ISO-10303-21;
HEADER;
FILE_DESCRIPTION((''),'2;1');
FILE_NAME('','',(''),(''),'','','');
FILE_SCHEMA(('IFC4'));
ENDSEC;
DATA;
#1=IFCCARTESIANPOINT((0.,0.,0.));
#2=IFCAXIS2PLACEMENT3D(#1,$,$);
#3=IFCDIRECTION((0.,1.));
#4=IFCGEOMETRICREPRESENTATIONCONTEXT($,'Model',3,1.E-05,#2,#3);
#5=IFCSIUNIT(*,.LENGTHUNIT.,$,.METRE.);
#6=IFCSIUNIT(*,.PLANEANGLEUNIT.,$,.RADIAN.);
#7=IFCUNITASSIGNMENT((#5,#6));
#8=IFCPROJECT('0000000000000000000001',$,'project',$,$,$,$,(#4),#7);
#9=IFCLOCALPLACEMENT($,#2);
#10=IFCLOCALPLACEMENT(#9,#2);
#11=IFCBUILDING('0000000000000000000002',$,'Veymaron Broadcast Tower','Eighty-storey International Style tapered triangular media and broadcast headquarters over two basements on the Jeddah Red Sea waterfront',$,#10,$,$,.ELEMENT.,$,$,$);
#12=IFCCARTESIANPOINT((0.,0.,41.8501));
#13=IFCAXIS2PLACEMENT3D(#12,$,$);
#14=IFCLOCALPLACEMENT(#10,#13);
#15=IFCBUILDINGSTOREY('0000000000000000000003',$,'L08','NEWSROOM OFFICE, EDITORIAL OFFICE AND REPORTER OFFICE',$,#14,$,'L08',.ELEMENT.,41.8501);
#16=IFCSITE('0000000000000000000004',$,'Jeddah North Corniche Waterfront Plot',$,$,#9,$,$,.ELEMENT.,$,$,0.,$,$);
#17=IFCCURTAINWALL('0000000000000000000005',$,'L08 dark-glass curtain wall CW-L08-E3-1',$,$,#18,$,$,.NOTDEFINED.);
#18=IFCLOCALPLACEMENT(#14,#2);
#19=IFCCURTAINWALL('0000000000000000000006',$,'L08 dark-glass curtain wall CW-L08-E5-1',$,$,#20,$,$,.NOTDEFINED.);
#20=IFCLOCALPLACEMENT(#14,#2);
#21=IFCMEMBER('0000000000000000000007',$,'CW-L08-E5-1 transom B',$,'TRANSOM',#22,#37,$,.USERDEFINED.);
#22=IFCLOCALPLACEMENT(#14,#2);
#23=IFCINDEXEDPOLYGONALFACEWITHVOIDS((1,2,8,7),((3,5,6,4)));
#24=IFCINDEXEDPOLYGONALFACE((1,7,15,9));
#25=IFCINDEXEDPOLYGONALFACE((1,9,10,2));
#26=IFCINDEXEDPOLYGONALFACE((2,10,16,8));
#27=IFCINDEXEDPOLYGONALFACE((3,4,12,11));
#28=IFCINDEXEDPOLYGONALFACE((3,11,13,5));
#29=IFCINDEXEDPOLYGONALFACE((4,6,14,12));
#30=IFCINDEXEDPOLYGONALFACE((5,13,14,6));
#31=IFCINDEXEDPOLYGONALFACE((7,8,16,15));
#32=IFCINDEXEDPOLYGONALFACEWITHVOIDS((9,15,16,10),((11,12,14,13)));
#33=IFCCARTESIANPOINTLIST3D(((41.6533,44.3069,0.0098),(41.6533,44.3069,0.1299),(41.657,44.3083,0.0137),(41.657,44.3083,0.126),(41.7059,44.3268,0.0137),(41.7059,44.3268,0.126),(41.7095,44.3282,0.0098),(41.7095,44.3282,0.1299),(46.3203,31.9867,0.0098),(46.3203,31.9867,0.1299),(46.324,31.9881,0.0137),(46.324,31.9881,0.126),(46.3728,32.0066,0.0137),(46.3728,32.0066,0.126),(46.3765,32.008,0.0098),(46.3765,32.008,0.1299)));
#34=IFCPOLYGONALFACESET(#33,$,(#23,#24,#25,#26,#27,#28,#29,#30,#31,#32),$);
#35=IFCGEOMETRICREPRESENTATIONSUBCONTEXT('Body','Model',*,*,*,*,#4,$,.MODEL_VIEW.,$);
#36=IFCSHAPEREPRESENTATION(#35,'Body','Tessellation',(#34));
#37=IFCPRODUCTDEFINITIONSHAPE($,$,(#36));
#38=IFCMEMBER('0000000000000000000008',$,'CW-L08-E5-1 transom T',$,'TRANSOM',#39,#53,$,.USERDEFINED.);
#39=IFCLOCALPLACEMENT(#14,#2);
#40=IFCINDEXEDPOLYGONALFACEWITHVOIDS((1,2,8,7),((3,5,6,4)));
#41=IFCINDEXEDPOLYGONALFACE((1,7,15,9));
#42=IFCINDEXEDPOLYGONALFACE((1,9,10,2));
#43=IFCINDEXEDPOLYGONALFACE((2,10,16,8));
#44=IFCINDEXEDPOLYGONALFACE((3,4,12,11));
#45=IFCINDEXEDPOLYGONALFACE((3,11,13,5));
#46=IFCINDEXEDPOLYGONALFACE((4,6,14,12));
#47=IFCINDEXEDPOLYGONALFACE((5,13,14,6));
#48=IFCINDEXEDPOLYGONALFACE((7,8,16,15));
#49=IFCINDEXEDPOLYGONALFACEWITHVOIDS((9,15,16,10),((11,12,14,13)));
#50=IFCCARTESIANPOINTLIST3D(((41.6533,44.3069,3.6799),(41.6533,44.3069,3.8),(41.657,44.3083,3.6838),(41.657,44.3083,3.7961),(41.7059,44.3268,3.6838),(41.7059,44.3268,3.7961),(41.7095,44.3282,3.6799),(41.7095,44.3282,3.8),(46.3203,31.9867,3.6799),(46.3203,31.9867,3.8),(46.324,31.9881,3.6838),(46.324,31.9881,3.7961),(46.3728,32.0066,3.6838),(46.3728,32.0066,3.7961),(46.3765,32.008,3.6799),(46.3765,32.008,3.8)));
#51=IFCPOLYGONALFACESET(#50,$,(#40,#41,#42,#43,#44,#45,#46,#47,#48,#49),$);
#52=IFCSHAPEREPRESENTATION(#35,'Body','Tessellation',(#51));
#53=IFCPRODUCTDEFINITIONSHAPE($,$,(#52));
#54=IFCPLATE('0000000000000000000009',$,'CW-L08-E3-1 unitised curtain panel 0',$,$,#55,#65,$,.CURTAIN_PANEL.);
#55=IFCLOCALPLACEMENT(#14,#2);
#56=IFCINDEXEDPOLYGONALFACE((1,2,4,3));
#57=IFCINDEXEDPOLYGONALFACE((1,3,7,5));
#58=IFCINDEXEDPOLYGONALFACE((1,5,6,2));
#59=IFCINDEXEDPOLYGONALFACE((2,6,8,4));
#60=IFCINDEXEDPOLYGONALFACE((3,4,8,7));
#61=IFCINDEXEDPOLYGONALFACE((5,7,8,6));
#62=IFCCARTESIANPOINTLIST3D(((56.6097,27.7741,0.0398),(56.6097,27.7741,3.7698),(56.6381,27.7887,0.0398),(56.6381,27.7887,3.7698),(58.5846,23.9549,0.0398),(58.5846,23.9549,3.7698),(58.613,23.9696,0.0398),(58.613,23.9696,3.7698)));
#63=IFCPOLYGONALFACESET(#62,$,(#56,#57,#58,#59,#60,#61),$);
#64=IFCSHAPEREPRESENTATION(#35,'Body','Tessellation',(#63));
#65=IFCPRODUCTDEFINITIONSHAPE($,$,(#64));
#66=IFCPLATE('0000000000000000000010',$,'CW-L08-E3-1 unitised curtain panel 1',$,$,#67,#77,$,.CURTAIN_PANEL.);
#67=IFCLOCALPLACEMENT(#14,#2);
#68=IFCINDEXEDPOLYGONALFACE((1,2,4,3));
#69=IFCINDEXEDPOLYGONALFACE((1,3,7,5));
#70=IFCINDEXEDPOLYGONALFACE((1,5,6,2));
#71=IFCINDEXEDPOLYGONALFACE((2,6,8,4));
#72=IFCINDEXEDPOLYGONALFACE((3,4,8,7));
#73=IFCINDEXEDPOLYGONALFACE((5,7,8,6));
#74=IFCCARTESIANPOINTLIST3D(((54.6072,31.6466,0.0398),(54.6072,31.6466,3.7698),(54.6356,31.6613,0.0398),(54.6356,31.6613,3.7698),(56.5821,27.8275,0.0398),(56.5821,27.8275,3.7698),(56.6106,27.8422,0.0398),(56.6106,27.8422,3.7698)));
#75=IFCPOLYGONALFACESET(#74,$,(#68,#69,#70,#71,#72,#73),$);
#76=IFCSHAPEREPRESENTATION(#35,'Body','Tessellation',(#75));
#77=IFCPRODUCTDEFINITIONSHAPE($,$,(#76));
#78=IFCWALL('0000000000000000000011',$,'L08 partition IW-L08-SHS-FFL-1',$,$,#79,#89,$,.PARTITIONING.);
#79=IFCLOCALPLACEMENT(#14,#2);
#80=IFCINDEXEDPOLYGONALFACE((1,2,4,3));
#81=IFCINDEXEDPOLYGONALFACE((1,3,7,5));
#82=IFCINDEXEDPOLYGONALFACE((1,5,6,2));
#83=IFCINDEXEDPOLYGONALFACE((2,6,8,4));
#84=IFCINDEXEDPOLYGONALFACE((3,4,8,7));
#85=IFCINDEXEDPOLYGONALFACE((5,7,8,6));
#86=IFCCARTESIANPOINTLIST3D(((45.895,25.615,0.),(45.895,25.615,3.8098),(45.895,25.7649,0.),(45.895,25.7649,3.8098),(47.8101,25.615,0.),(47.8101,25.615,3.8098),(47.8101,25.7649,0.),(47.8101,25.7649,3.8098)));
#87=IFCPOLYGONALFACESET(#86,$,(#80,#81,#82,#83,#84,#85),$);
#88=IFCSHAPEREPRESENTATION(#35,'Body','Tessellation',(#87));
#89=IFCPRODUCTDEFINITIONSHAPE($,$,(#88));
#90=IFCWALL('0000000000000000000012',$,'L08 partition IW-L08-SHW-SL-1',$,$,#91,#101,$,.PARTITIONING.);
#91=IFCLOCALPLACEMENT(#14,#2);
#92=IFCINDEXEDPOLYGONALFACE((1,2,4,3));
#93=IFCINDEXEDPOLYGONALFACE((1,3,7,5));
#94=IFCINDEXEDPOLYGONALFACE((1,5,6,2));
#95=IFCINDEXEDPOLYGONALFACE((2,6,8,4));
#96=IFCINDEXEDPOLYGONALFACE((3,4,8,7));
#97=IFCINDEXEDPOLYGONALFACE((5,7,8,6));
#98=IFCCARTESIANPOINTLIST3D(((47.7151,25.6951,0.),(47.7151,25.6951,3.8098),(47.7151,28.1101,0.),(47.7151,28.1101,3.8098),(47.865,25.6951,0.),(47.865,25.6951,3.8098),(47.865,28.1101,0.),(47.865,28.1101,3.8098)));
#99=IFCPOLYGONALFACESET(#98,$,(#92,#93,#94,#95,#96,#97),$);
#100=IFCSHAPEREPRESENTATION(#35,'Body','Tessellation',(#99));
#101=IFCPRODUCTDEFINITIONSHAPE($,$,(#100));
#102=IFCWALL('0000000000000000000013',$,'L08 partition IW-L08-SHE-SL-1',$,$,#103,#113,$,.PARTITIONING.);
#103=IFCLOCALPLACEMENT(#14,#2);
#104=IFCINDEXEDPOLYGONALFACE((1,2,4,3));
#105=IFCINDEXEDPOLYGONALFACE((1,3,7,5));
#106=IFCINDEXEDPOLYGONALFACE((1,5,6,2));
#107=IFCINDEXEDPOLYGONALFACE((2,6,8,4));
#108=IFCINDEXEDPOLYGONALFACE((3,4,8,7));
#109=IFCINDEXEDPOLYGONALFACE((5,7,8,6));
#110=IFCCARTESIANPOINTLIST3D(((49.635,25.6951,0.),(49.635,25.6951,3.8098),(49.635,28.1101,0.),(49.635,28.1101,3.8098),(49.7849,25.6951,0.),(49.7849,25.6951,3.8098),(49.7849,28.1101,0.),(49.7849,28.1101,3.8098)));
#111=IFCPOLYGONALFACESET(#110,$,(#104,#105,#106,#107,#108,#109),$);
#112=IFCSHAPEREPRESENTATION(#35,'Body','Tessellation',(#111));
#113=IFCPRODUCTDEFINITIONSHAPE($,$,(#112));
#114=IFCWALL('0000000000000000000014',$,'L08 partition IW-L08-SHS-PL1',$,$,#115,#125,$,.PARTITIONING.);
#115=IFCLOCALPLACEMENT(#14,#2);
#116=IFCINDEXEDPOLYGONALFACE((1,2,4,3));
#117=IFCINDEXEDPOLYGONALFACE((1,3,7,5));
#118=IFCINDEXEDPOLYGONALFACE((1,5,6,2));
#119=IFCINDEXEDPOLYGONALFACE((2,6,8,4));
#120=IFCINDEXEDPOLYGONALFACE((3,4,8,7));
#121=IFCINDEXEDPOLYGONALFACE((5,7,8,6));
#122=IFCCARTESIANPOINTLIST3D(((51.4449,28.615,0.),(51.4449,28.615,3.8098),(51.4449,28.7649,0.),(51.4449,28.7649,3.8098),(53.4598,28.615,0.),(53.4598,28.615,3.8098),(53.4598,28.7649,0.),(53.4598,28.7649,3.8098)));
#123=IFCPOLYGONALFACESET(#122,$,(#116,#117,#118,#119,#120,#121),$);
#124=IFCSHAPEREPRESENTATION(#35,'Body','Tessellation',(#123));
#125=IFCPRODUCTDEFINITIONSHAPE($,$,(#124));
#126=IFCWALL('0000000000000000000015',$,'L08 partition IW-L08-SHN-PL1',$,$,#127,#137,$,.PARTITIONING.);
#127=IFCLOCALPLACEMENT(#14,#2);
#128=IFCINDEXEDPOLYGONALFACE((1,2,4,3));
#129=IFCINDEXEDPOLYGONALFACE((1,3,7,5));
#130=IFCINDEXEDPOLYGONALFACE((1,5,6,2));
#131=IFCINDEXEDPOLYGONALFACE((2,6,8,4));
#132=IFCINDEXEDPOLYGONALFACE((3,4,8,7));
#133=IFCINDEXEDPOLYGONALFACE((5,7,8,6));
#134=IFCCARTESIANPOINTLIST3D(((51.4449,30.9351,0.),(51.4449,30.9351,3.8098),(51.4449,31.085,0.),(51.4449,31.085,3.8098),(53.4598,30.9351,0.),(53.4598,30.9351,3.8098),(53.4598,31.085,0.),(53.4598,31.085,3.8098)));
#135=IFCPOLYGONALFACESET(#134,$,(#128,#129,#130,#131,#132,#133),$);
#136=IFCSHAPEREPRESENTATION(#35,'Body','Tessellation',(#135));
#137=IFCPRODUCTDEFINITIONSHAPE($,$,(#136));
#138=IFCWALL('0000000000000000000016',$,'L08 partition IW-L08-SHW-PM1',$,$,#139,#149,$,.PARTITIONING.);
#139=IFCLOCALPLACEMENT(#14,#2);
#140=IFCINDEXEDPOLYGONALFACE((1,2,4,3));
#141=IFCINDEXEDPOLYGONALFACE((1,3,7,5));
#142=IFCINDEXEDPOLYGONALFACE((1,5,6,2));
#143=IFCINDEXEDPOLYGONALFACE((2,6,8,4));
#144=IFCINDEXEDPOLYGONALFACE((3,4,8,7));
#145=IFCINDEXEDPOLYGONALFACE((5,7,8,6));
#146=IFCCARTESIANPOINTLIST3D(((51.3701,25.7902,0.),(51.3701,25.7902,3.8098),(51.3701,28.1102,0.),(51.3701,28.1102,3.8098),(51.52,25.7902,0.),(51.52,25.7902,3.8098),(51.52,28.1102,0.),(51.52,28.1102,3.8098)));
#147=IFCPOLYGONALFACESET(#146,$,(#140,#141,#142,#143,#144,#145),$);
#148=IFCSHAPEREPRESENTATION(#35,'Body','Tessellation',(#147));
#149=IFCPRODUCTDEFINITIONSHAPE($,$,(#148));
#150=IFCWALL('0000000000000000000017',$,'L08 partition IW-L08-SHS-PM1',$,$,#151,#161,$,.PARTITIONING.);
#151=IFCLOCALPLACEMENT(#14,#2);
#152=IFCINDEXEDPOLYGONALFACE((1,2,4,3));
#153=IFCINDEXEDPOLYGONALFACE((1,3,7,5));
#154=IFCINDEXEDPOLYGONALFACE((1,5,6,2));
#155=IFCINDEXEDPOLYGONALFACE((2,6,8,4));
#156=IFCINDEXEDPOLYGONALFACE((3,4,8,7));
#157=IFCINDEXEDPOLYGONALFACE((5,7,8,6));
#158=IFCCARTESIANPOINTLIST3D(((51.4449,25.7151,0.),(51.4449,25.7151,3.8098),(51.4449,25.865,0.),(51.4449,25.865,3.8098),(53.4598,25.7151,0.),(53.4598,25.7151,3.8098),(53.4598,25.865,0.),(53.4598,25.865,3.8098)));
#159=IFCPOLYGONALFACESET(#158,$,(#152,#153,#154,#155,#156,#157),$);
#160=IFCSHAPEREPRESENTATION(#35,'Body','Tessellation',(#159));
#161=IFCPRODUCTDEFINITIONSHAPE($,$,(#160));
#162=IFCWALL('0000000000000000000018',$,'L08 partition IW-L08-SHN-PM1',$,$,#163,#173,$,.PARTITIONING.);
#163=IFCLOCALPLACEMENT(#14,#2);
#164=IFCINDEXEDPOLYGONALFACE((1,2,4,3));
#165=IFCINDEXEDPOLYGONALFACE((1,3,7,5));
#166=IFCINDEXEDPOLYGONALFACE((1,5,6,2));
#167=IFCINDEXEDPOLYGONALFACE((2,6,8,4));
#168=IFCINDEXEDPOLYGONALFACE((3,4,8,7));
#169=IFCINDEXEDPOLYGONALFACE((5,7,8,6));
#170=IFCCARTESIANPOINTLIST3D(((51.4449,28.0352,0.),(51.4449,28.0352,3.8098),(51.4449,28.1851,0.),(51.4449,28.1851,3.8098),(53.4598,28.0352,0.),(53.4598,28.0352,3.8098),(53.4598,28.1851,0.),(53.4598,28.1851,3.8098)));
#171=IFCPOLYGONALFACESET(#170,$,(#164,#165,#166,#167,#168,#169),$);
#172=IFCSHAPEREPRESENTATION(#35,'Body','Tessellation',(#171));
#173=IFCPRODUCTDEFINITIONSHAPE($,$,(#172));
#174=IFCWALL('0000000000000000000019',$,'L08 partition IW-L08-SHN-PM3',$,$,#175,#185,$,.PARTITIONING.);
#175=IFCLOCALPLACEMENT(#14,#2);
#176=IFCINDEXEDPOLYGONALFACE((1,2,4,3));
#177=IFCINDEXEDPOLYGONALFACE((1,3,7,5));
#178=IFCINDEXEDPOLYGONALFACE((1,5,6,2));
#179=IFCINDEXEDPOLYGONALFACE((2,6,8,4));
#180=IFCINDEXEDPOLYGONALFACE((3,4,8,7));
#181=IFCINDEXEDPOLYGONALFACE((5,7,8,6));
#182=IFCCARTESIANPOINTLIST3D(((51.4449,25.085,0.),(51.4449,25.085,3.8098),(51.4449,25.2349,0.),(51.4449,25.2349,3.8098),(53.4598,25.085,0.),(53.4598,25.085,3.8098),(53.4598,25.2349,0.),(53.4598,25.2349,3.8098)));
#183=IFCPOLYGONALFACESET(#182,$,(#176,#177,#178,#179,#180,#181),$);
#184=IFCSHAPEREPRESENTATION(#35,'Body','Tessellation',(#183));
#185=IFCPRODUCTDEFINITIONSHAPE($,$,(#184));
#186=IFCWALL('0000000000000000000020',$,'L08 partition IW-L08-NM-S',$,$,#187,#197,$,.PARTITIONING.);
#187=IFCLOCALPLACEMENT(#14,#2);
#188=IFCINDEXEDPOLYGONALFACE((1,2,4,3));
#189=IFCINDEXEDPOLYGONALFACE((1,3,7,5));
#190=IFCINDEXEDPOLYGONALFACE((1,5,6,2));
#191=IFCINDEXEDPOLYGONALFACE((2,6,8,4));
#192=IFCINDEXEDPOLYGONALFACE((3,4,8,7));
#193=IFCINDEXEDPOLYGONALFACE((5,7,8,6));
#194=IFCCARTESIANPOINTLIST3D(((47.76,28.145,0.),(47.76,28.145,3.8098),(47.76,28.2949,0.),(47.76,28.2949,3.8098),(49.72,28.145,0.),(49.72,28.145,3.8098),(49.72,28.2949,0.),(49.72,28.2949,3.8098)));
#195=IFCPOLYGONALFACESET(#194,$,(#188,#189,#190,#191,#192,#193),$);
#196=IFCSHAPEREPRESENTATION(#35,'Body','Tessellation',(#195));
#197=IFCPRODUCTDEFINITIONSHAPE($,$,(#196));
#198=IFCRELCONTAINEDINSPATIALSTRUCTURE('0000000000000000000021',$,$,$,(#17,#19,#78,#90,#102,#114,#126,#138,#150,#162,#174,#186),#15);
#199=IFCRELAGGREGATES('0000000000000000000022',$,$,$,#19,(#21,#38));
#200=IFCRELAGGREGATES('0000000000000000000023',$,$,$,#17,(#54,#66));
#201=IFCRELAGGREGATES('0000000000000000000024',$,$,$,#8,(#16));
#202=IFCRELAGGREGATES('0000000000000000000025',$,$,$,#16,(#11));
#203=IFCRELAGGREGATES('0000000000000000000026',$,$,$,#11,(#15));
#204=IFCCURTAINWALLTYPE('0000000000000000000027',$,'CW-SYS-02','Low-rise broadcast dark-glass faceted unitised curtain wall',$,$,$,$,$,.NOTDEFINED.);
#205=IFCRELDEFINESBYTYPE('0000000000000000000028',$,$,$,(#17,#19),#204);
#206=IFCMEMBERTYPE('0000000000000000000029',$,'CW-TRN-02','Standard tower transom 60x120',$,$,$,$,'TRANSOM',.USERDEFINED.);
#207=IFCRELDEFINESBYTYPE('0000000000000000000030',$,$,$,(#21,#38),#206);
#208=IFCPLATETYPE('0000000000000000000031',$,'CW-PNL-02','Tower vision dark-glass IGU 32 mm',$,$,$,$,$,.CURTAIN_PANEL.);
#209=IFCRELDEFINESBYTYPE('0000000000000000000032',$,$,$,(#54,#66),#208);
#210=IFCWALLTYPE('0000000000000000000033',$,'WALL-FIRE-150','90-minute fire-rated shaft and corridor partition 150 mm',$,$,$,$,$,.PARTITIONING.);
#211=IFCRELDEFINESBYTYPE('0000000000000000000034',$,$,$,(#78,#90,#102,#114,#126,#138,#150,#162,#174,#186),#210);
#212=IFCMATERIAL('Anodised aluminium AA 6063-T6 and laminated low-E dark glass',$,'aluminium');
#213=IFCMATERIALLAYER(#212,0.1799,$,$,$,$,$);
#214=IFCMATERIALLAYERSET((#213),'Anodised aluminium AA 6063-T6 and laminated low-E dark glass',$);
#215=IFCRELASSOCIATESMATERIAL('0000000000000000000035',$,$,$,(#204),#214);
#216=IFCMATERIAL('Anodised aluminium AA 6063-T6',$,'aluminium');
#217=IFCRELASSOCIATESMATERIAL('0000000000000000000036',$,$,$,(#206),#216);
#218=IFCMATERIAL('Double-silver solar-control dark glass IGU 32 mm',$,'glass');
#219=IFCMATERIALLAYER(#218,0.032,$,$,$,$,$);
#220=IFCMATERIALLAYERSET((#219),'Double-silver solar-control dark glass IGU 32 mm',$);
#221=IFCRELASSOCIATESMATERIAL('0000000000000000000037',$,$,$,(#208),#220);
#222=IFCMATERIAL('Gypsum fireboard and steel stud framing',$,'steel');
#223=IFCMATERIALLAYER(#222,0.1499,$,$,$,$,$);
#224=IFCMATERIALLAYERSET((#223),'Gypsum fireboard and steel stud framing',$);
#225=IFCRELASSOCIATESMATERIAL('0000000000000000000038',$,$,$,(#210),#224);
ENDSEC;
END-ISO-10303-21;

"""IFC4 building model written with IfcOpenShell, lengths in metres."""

from ifc_helpers import new_model, si_unit, direction, frame, frame_2d, origin, origin_2d, place, context, subcontext, project, spatial, rectangle, hollow_rectangle, extrude, material, layer, layer_set, material_profile, profile_set, type_object, element, aggregate, save


model = new_model("IFC4")

# Units and contexts
model_context = context("Model", 3, precision=1e-05, world=origin(), true_north=direction((0.0, 1.0)))
body_context = subcontext(model_context, "Body", "Model", "MODEL_VIEW")
ifc_project = project(units=[si_unit("LENGTHUNIT", "METRE"), si_unit("PLANEANGLEUNIT", "RADIAN")], contexts=[model_context])

# Site, building, storey
site_placement = place(None, origin())
site = spatial("IfcSite", under=ifc_project, at=site_placement, Name="Jeddah North Corniche Waterfront Plot", CompositionType="ELEMENT", RefElevation=0.0)
building_placement = place(site_placement, origin())
building = spatial("IfcBuilding", under=site, at=building_placement, Name="Veymaron Broadcast Tower", Description="Eighty-storey International Style tapered triangular media and broadcast headquarters over two basements on the Jeddah Red Sea waterfront", CompositionType="ELEMENT")
storey_placement = place(building_placement, frame((0.0, 0.0, 41.8501)))
storey = spatial("IfcBuildingStorey", under=building, at=storey_placement, Name="L08", Description="NEWSROOM OFFICE, EDITORIAL OFFICE AND REPORTER OFFICE", LongName="L08", CompositionType="ELEMENT", Elevation=41.8501)

# Shared definitions
ifc_material_1 = material(Name="Anodised aluminium AA 6063-T6 and laminated low-E dark glass", Category="aluminium")
ifc_layer_1 = layer(ifc_material_1, 0.1799)
ifc_layer_set_1 = layer_set([ifc_layer_1], Name="Anodised aluminium AA 6063-T6 and laminated low-E dark glass")
curtain_wall_type = type_object("IfcCurtainWallType", Name="CW-SYS-02", Description="Low-rise broadcast dark-glass faceted unitised curtain wall", PredefinedType="NOTDEFINED", material=ifc_layer_set_1)
ifc_material_2 = material(Name="Anodised aluminium AA 6063-T6", Category="aluminium")

# Curtain wall
curtain_wall_1_placement = place(storey_placement, origin())
curtain_wall_1 = element("IfcCurtainWall", 1, at=curtain_wall_1_placement, inside=storey, type_object=curtain_wall_type, Name="L08 dark-glass curtain wall CW-L08-E3-1", PredefinedType="NOTDEFINED")

# Curtain wall
curtain_wall_2_placement = place(storey_placement, origin())
curtain_wall_2 = element("IfcCurtainWall", 2, at=curtain_wall_2_placement, inside=storey, type_object=curtain_wall_type, Name="L08 dark-glass curtain wall CW-L08-E5-1", PredefinedType="NOTDEFINED")

# Members
ifc_material_profile_1 = material_profile(ifc_material_2, hollow_rectangle(XDim=0.0601, YDim=0.1201, WallThickness=0.0039, at=origin_2d()), Name="AL120X60X4")
ifc_profile_set_1 = profile_set([ifc_material_profile_1], Name="Anodised aluminium AA 6063-T6")
member_type_1 = type_object("IfcMemberType", Name="CW-TRN-02", Description="Standard tower transom 60x120", ElementType="TRANSOM", PredefinedType="USERDEFINED", material=ifc_profile_set_1)
member_1_placement = place(storey_placement, frame((46.3484, 31.9973, 0.0698), z_axis=(-0.354241, 0.935154, 0.0), x_axis=(-0.935154, -0.354241, 0.0)))
member_1 = element("IfcMember", 3, at=member_1_placement, type_object=member_type_1, Name="CW-L08-E5-1 transom B", ObjectType="TRANSOM", PredefinedType="USERDEFINED", context=body_context, shape_type="SweptSolid", body=[
    extrude(hollow_rectangle(XDim=0.0601, YDim=0.1201, WallThickness=0.0039, at=origin_2d()), origin(), (0.0, 0.0, 1.0), 13.1746),
])
member_2_placement = place(storey_placement, frame((46.3484, 31.9973, 3.74), z_axis=(-0.354241, 0.935154, 0.0), x_axis=(-0.935154, -0.354241, 0.0)))
member_2 = element("IfcMember", 4, at=member_2_placement, type_object=member_type_1, Name="CW-L08-E5-1 transom T", ObjectType="TRANSOM", PredefinedType="USERDEFINED", context=body_context, shape_type="SweptSolid", body=[
    extrude(hollow_rectangle(XDim=0.0601, YDim=0.1201, WallThickness=0.0039, at=origin_2d()), origin(), (0.0, 0.0, 1.0), 13.1746),
])
aggregate(curtain_wall_2, [member_1, member_2])

# Plates
ifc_material_3 = material(Name="Double-silver solar-control dark glass IGU 32 mm", Category="glass")
ifc_layer_2 = layer(ifc_material_3, 0.032)
ifc_layer_set_2 = layer_set([ifc_layer_2], Name="Double-silver solar-control dark glass IGU 32 mm")
plate_type = type_object("IfcPlateType", Name="CW-PNL-02", Description="Tower vision dark-glass IGU 32 mm", PredefinedType="CURTAIN_PANEL", material=ifc_layer_set_2)
plate_1_placement = place(storey_placement, frame((57.6113, 25.8718, 0.0398), z_axis=(0.0, 0.0, 1.0), x_axis=(-0.459332, 0.888265, 0.0)))
plate_1 = element("IfcPlate", 5, at=plate_1_placement, type_object=plate_type, Name="CW-L08-E3-1 unitised curtain panel 0", PredefinedType="CURTAIN_PANEL", context=body_context, shape_type="SweptSolid", body=[
    extrude(rectangle(XDim=4.2996, YDim=0.032, at=origin_2d()), origin(), (0.0, 0.0, 1.0), 3.73),
])
plate_2_placement = place(storey_placement, frame((55.6089, 29.7444, 0.0398), z_axis=(0.0, 0.0, 1.0), x_axis=(-0.459332, 0.888265, 0.0)))
plate_2 = element("IfcPlate", 6, at=plate_2_placement, type_object=plate_type, Name="CW-L08-E3-1 unitised curtain panel 1", PredefinedType="CURTAIN_PANEL", context=body_context, shape_type="SweptSolid", body=[
    extrude(rectangle(XDim=4.2996, YDim=0.032, at=origin_2d()), origin(), (0.0, 0.0, 1.0), 3.73),
])
aggregate(curtain_wall_1, [plate_1, plate_2])

# Wall
ifc_material_4 = material(Name="Gypsum fireboard and steel stud framing", Category="steel")
ifc_layer_3 = layer(ifc_material_4, 0.1499)
ifc_layer_set_3 = layer_set([ifc_layer_3], Name="Gypsum fireboard and steel stud framing")
wall_type_1 = type_object("IfcWallType", Name="WALL-FIRE-150", Description="90-minute fire-rated shaft and corridor partition 150 mm", PredefinedType="PARTITIONING", material=ifc_layer_set_3)
wall_1_placement = place(storey_placement, frame((45.895, 25.6899, 0.0), z_axis=(0.0, 0.0, 1.0), x_axis=(1.0, 0.0, 0.0)))
element("IfcWall", 7, at=wall_1_placement, inside=storey, type_object=wall_type_1, Name="L08 partition IW-L08-SHS-FFL-1", PredefinedType="PARTITIONING", context=body_context, shape_type="SweptSolid", body=[
    extrude(rectangle(XDim=1.915, YDim=0.1499, at=frame_2d((0.9575, 0.0))), origin(), (0.0, 0.0, 1.0), 3.8098),
])

# Walls
for number, where, z_axis, x_axis, name in (
    (8, (47.79, 25.6951, 0.0), (0.0, 0.0, 1.0), (0.0, 1.0, 0.0), "L08 partition IW-L08-SHW-SL-1"),
    (9, (49.71, 25.6951, 0.0), (0.0, 0.0, 1.0), (0.0, 1.0, 0.0), "L08 partition IW-L08-SHE-SL-1"),
):
    element("IfcWall", number, at=place(storey_placement, frame(where, z_axis=z_axis, x_axis=x_axis)), inside=storey, type_object=wall_type_1, Name=name, PredefinedType="PARTITIONING", context=body_context, shape_type="SweptSolid", body=[
        extrude(rectangle(XDim=2.415, YDim=0.1499, at=frame_2d((1.2075, 0.0))), origin(), (0.0, 0.0, 1.0), 3.8098),
    ])

# Walls
for number, where, z_axis, x_axis, name in (
    (10, (51.4451, 28.6899, 0.0), (0.0, 0.0, 1.0), (1.0, 0.0, 0.0), "L08 partition IW-L08-SHS-PL1"),
    (11, (51.4451, 31.01, 0.0), (0.0, 0.0, 1.0), (1.0, 0.0, 0.0), "L08 partition IW-L08-SHN-PL1"),
):
    element("IfcWall", number, at=place(storey_placement, frame(where, z_axis=z_axis, x_axis=x_axis)), inside=storey, type_object=wall_type_1, Name=name, PredefinedType="PARTITIONING", context=body_context, shape_type="SweptSolid", body=[
        extrude(rectangle(XDim=2.0149, YDim=0.1499, at=frame_2d((1.0073, 0.0))), origin(), (0.0, 0.0, 1.0), 3.8098),
    ])
wall_2_placement = place(storey_placement, frame((51.4451, 25.79, 0.0), z_axis=(0.0, 0.0, 1.0), x_axis=(0.0, 1.0, 0.0)))
element("IfcWall", 12, at=wall_2_placement, inside=storey, type_object=wall_type_1, Name="L08 partition IW-L08-SHW-PM1", PredefinedType="PARTITIONING", context=body_context, shape_type="SweptSolid", body=[
    extrude(rectangle(XDim=2.3201, YDim=0.1499, at=frame_2d((1.1602, 0.0))), origin(), (0.0, 0.0, 1.0), 3.8098),
])
for number, where, z_axis, x_axis, name in (
    (13, (51.4451, 25.79, 0.0), (0.0, 0.0, 1.0), (1.0, 0.0, 0.0), "L08 partition IW-L08-SHS-PM1"),
    (14, (51.4451, 28.1101, 0.0), (0.0, 0.0, 1.0), (1.0, 0.0, 0.0), "L08 partition IW-L08-SHN-PM1"),
    (15, (51.4451, 25.1599, 0.0), (0.0, 0.0, 1.0), (1.0, 0.0, 0.0), "L08 partition IW-L08-SHN-PM3"),
):
    element("IfcWall", number, at=place(storey_placement, frame(where, z_axis=z_axis, x_axis=x_axis)), inside=storey, type_object=wall_type_1, Name=name, PredefinedType="PARTITIONING", context=body_context, shape_type="SweptSolid", body=[
        extrude(rectangle(XDim=2.0149, YDim=0.1499, at=frame_2d((1.0073, 0.0))), origin(), (0.0, 0.0, 1.0), 3.8098),
    ])
wall_3_placement = place(storey_placement, frame((47.76, 28.22, 0.0), z_axis=(0.0, 0.0, 1.0), x_axis=(1.0, 0.0, 0.0)))
element("IfcWall", 16, at=wall_3_placement, inside=storey, type_object=wall_type_1, Name="L08 partition IW-L08-NM-S", PredefinedType="PARTITIONING", context=body_context, shape_type="SweptSolid", body=[
    extrude(rectangle(XDim=1.96, YDim=0.1499, at=frame_2d((0.98, 0.0))), origin(), (0.0, 0.0, 1.0), 3.8098),
])

save(model, "model.ifc")
